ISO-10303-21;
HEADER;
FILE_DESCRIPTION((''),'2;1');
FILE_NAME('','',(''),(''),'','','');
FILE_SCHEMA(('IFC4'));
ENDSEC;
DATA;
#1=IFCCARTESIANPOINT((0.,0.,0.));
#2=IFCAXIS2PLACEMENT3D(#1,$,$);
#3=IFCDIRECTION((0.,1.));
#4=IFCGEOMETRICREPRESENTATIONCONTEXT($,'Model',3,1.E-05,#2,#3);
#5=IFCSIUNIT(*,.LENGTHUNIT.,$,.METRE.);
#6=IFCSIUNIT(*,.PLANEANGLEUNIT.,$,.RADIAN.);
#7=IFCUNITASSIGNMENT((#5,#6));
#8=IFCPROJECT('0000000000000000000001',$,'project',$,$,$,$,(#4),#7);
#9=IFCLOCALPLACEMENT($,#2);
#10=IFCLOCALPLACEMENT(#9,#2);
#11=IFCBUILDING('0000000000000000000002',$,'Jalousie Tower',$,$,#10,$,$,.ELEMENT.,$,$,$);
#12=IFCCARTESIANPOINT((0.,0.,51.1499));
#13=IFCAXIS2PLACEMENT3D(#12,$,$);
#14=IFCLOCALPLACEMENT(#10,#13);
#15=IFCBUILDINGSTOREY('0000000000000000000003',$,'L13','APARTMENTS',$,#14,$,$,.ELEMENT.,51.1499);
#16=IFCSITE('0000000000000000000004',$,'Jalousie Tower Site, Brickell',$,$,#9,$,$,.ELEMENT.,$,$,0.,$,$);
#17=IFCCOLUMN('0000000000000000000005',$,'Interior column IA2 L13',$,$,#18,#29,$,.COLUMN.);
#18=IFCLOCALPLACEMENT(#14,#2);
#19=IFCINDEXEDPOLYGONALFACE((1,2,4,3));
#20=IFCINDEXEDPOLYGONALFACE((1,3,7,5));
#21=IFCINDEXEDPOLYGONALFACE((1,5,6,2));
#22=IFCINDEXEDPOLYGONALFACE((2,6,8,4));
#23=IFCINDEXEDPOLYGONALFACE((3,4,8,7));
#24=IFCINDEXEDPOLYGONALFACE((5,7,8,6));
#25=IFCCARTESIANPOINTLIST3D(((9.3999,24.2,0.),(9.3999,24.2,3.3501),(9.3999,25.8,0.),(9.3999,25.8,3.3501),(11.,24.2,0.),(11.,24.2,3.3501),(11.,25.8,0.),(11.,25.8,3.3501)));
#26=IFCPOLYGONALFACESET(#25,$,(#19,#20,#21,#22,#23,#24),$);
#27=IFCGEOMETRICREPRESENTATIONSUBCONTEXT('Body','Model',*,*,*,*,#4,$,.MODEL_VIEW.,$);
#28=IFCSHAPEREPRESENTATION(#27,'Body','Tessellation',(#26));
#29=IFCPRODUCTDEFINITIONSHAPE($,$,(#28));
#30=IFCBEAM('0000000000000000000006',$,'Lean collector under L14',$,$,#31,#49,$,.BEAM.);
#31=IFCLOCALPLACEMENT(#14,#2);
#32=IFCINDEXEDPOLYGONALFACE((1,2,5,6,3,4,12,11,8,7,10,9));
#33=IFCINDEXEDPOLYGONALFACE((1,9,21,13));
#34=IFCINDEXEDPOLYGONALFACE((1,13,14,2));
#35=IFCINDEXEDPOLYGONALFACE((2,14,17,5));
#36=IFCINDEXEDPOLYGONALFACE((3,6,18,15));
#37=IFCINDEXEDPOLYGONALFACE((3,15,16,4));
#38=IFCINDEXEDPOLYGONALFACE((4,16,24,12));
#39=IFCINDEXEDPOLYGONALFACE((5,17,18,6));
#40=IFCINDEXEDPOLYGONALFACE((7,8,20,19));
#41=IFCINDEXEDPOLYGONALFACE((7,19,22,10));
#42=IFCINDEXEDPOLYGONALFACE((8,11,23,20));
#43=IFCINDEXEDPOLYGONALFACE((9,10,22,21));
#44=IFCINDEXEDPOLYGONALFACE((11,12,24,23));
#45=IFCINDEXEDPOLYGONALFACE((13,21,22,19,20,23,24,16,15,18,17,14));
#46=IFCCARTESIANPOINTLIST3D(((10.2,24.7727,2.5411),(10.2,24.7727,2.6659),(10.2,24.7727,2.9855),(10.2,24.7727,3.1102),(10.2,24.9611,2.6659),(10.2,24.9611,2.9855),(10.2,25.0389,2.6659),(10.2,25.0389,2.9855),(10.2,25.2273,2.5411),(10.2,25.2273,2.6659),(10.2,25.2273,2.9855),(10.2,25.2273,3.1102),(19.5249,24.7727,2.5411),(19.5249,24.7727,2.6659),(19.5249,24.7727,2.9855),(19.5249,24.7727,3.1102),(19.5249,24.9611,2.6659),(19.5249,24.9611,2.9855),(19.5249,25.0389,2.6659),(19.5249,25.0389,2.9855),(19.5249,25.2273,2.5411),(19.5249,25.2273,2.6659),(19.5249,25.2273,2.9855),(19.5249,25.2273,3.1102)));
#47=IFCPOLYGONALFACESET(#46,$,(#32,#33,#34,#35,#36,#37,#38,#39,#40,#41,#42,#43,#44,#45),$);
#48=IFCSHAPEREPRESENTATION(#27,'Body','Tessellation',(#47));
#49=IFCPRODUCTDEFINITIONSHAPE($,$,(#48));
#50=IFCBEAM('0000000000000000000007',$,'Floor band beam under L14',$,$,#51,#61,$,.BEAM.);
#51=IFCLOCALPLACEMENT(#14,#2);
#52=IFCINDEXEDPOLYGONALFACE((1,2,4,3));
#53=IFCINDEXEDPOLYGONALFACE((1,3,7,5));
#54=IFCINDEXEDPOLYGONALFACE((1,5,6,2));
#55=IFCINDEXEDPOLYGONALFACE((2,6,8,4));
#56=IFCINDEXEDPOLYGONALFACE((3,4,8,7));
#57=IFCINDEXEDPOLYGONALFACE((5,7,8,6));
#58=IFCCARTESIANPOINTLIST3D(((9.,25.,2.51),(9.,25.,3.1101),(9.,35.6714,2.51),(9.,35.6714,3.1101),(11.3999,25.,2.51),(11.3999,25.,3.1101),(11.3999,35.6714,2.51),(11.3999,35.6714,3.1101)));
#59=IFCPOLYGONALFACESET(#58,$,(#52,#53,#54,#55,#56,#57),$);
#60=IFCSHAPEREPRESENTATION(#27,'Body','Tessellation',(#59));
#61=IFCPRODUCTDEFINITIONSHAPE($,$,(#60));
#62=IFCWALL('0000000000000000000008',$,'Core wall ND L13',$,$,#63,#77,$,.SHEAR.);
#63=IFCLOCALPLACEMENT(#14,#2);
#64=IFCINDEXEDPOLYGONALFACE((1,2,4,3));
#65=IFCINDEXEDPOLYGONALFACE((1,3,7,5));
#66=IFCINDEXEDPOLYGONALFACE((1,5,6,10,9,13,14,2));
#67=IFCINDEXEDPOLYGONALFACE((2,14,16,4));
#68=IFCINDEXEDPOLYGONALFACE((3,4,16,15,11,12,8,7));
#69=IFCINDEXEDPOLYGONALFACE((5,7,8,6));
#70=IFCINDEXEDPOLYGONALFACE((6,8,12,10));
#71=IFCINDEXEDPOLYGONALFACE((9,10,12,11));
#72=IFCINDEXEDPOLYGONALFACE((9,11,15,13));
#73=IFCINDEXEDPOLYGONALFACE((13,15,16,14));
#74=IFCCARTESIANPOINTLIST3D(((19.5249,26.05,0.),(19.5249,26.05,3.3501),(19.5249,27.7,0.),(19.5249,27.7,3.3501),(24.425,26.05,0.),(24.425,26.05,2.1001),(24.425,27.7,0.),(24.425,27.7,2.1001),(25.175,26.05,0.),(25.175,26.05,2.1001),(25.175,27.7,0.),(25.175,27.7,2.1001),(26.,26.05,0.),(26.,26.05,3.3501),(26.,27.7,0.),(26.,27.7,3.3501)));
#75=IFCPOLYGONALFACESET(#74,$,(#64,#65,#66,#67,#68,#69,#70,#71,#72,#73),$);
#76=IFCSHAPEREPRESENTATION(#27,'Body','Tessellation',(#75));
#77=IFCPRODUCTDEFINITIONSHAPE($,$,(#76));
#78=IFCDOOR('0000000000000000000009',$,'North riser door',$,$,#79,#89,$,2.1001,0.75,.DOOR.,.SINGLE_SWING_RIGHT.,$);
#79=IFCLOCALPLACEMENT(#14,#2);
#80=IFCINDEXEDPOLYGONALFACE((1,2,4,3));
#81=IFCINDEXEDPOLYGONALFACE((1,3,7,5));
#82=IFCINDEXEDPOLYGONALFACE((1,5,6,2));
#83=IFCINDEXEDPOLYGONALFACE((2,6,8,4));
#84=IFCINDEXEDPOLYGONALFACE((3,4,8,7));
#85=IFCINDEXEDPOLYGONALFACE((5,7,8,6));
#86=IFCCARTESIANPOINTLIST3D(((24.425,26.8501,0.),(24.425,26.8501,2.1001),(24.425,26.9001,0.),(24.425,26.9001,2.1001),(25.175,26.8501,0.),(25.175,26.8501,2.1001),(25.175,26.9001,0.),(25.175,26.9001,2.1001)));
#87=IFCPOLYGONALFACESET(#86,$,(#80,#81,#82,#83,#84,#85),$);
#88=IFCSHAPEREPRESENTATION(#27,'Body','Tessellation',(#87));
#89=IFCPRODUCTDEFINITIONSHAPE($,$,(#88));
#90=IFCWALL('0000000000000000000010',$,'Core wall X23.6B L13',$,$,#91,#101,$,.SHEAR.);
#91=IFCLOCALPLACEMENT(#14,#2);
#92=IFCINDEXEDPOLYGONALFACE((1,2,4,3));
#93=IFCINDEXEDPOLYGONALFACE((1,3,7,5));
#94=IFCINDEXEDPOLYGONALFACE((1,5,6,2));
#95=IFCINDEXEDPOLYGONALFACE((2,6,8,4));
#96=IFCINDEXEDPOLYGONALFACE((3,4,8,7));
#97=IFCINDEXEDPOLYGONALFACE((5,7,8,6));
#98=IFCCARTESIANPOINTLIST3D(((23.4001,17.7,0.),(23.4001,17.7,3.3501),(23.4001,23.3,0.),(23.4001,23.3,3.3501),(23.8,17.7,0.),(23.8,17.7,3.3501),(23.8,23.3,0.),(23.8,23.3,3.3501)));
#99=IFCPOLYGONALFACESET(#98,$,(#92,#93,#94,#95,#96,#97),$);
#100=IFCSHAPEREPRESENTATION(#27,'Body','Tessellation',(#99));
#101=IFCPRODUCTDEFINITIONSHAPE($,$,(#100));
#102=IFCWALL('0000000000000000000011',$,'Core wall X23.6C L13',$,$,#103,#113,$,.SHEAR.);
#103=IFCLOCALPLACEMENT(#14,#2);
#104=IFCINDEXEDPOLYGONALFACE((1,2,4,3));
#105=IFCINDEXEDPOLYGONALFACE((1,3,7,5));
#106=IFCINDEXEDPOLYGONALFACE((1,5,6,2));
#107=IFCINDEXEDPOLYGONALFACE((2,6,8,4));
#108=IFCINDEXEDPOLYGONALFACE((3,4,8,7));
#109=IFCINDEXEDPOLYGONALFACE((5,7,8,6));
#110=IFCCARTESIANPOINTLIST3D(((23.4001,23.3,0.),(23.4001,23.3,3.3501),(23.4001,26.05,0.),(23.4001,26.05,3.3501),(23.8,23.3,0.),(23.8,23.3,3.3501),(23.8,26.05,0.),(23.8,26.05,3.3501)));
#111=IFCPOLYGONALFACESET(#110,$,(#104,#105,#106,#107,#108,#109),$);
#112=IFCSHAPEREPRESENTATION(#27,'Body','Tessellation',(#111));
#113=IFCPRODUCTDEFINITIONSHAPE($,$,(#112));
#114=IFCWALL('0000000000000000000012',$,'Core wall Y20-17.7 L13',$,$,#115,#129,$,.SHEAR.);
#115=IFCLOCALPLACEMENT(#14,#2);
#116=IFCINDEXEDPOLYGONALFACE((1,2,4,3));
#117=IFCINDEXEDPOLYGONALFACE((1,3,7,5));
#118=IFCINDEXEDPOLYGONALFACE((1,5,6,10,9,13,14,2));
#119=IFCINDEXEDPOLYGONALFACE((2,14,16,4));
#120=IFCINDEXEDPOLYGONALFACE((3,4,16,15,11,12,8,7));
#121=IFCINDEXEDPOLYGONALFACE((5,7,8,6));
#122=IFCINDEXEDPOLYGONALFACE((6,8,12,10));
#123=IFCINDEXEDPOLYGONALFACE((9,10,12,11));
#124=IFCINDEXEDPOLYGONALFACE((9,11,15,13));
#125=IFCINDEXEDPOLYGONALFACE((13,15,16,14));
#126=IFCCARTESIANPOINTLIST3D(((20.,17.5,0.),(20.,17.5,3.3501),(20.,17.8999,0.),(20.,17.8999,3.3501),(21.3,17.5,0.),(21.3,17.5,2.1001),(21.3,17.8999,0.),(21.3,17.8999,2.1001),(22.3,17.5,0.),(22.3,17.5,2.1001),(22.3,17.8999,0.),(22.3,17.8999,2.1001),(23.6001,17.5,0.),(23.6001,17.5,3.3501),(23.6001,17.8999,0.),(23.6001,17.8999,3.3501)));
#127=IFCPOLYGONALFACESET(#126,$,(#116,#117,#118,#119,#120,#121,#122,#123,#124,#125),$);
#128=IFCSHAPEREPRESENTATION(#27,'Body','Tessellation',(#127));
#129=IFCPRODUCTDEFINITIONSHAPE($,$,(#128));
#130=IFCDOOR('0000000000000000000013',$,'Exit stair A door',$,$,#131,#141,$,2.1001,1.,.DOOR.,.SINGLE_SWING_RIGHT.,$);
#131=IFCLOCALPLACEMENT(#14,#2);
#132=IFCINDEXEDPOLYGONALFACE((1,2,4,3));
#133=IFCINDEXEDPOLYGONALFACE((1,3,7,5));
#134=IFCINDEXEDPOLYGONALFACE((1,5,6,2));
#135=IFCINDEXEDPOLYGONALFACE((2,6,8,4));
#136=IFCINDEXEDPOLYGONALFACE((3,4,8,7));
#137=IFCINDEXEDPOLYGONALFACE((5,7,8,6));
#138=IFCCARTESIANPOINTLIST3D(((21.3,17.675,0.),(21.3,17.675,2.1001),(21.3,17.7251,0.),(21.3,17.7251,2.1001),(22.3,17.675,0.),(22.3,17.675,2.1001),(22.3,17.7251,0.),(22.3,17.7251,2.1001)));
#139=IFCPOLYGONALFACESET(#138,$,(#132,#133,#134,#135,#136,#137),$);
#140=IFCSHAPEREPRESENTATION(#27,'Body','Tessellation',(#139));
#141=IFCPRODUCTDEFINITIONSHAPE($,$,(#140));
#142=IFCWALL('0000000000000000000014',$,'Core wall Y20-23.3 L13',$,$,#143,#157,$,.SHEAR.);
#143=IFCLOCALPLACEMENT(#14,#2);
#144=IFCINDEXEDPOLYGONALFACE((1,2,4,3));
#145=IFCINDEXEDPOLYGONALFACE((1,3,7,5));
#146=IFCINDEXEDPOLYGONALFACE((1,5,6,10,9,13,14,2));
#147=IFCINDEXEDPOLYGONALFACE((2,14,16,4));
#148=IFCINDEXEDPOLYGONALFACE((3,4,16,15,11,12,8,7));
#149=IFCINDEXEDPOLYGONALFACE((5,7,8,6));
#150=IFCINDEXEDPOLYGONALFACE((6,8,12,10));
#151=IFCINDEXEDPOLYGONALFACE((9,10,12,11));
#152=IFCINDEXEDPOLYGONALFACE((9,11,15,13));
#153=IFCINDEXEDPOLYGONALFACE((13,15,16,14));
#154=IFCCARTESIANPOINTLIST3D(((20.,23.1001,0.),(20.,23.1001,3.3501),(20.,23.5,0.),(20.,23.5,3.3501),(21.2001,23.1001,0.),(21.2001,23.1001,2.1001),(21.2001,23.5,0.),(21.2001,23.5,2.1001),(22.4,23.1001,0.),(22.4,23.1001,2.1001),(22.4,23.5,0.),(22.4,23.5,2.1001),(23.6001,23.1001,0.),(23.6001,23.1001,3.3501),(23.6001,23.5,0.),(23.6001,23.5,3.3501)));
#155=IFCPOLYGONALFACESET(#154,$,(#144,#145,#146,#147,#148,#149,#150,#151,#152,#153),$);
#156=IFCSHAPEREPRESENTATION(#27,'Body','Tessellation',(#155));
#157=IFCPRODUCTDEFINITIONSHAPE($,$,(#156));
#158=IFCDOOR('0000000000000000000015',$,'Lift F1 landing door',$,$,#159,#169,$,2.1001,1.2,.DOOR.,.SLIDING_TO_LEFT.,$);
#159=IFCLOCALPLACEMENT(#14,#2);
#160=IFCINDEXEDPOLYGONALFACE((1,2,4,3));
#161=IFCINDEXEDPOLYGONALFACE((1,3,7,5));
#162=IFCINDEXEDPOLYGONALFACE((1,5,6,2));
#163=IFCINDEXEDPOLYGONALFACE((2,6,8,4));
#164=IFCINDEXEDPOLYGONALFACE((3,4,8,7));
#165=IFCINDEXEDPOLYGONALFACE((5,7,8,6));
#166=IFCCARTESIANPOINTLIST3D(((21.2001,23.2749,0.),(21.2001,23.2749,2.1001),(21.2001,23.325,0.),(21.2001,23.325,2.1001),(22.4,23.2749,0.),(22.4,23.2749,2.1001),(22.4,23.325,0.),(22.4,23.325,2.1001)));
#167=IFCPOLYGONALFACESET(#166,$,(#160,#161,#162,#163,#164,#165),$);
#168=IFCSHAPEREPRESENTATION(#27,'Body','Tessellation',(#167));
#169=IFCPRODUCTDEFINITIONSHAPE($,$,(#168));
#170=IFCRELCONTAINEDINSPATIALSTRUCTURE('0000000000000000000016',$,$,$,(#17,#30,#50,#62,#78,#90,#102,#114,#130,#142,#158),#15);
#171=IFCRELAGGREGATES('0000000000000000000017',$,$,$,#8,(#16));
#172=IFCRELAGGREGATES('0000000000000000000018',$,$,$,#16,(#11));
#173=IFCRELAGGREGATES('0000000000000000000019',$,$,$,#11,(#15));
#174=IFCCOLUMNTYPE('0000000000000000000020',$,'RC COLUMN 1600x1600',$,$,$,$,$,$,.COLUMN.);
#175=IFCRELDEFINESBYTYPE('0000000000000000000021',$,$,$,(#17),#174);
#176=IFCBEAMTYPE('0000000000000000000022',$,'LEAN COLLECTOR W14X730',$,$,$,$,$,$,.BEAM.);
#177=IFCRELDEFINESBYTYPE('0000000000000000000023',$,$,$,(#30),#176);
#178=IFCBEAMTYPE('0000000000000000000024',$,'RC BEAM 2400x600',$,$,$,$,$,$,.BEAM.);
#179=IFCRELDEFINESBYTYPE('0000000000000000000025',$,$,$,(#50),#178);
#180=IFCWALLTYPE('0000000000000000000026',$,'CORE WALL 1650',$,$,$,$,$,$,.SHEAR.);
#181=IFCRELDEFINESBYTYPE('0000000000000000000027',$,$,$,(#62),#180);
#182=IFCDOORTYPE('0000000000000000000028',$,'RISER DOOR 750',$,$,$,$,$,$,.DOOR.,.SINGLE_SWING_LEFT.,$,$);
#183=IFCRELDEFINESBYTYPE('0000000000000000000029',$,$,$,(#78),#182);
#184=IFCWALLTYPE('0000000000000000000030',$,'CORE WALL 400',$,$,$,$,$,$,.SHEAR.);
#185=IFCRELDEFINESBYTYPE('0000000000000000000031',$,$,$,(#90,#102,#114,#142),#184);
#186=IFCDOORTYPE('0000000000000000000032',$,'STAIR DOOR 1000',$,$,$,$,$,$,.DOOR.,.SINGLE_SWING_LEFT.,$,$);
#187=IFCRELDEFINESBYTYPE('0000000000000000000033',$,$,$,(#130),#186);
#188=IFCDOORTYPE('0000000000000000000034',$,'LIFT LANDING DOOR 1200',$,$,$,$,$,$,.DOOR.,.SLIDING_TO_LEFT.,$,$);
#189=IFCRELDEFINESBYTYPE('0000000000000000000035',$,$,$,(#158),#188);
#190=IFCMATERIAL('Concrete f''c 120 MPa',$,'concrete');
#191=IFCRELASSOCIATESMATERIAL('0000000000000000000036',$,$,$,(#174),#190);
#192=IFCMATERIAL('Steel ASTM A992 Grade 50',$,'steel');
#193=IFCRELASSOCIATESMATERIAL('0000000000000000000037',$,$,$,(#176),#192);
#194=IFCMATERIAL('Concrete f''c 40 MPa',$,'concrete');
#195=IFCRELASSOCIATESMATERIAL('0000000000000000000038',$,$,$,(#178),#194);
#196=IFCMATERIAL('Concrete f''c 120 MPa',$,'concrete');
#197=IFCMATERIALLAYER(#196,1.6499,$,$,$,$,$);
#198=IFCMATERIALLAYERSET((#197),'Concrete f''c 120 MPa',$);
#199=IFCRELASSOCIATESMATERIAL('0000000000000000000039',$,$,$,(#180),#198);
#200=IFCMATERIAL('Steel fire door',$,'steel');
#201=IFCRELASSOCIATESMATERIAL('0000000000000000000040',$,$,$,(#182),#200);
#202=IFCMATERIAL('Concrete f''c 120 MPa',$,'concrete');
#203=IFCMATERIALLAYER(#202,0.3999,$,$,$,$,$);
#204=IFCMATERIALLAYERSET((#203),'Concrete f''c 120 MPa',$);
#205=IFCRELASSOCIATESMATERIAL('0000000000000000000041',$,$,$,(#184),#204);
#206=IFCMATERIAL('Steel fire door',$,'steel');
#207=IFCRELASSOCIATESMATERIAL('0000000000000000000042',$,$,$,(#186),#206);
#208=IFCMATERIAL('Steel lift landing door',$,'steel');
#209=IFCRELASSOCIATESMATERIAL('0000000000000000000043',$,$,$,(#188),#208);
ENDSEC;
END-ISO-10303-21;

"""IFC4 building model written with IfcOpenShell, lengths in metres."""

from ifc_helpers import new_model, si_unit, direction, frame, frame_2d, origin, origin_2d, place, context, subcontext, project, spatial, rectangle, i_section, extrude, material, layer, layer_set, material_profile, profile_set, type_object, element, fill, save


model = new_model("IFC4")

# Units and contexts
model_context = context("Model", 3, precision=1e-05, world=origin(), true_north=direction((0.0, 1.0)))
body_context = subcontext(model_context, "Body", "Model", "MODEL_VIEW")
ifc_project = project(units=[si_unit("LENGTHUNIT", "METRE"), si_unit("PLANEANGLEUNIT", "RADIAN")], contexts=[model_context])

# Site, building, storey
site_placement = place(None, origin())
site = spatial("IfcSite", under=ifc_project, at=site_placement, Name="Jalousie Tower Site, Brickell", CompositionType="ELEMENT", RefElevation=0.0)
building_placement = place(site_placement, origin())
building = spatial("IfcBuilding", under=site, at=building_placement, Name="Jalousie Tower", CompositionType="ELEMENT")
storey_placement = place(building_placement, frame((0.0, 0.0, 51.1499)))
storey = spatial("IfcBuildingStorey", under=building, at=storey_placement, Name="L13", Description="APARTMENTS", CompositionType="ELEMENT", Elevation=51.1499)

# Column
ifc_material_1 = material(Name="Concrete f'c 120 MPa", Category="concrete")
ifc_material_profile_1 = material_profile(ifc_material_1, rectangle(XDim=1.6001, YDim=1.6001, at=origin_2d()), Name="RC 1600x1600")
ifc_profile_set_1 = profile_set([ifc_material_profile_1], Name="Concrete f'c 120 MPa")
column_type = type_object("IfcColumnType", Name="RC COLUMN 1600x1600", PredefinedType="COLUMN", material=ifc_profile_set_1)
column_placement = place(storey_placement, frame((10.2, 25.0, 0.0), z_axis=(0.0, 0.0, 1.0), x_axis=(1.0, 0.0, 0.0)))
element("IfcColumn", 1, at=column_placement, inside=storey, type_object=column_type, Name="Interior column IA2 L13", PredefinedType="COLUMN", context=body_context, shape_type="SweptSolid", body=[
    extrude(rectangle(XDim=1.6001, YDim=1.6001, at=origin_2d()), origin(), (0.0, 0.0, 1.0), 3.3501),
])

# Beams
ifc_material_2 = material(Name="Steel ASTM A992 Grade 50", Category="steel")
ifc_material_profile_2 = material_profile(ifc_material_2, i_section(OverallWidth=0.4546, OverallDepth=0.5691, WebThickness=0.0779, FlangeThickness=0.1248, at=origin_2d()), Name="W14X730")
ifc_profile_set_2 = profile_set([ifc_material_profile_2], Name="Steel ASTM A992 Grade 50")
beam_type_1 = type_object("IfcBeamType", Name="LEAN COLLECTOR W14X730", PredefinedType="BEAM", material=ifc_profile_set_2)
beam_1_placement = place(storey_placement, frame((10.2, 25.0, 2.8257), z_axis=(1.0, 0.0, 0.0), x_axis=(0.0, 1.0, 0.0)))
element("IfcBeam", 2, at=beam_1_placement, inside=storey, type_object=beam_type_1, Name="Lean collector under L14", PredefinedType="BEAM", context=body_context, shape_type="SweptSolid", body=[
    extrude(i_section(OverallWidth=0.4546, OverallDepth=0.5691, WebThickness=0.0779, FlangeThickness=0.1248, at=origin_2d()), origin(), (0.0, 0.0, 1.0), 9.325),
])
ifc_material_3 = material(Name="Concrete f'c 40 MPa", Category="concrete")
ifc_material_profile_3 = material_profile(ifc_material_3, rectangle(XDim=2.3999, YDim=0.6001, at=origin_2d()), Name="RC 2400x600")
ifc_profile_set_3 = profile_set([ifc_material_profile_3], Name="Concrete f'c 40 MPa")
beam_type_2 = type_object("IfcBeamType", Name="RC BEAM 2400x600", PredefinedType="BEAM", material=ifc_profile_set_3)
beam_2_placement = place(storey_placement, frame((10.2, 25.0, 2.8101), z_axis=(0.0, 1.0, 0.0), x_axis=(-1.0, 0.0, 0.0)))
element("IfcBeam", 3, at=beam_2_placement, inside=storey, type_object=beam_type_2, Name="Floor band beam under L14", PredefinedType="BEAM", context=body_context, shape_type="SweptSolid", body=[
    extrude(rectangle(XDim=2.3999, YDim=0.6001, at=origin_2d()), origin(), (0.0, 0.0, 1.0), 10.6714),
])

# Wall, opening, door
ifc_material_4 = material(Name="Concrete f'c 120 MPa", Category="concrete")
ifc_layer_1 = layer(ifc_material_4, 1.6499)
ifc_layer_set_1 = layer_set([ifc_layer_1], Name="Concrete f'c 120 MPa")
wall_type_1 = type_object("IfcWallType", Name="CORE WALL 1650", PredefinedType="SHEAR", material=ifc_layer_set_1)
wall_1_placement = place(storey_placement, frame((26.0, 26.875, 0.0), z_axis=(0.0, 0.0, 1.0), x_axis=(-1.0, 0.0, 0.0)))
wall_1 = element("IfcWall", 4, at=wall_1_placement, inside=storey, type_object=wall_type_1, Name="Core wall ND L13", PredefinedType="SHEAR", context=body_context, shape_type="SweptSolid", body=[
    extrude(rectangle(XDim=6.4751, YDim=1.6499, at=frame_2d((3.2375, 0.0))), origin(), (0.0, 0.0, 1.0), 3.3501),
])
opening_1_placement = place(wall_1_placement, frame((0.825, 0.0, 0.0)))
opening_1 = element("IfcOpeningElement", 5, at=opening_1_placement, cuts=wall_1, PredefinedType="OPENING", context=body_context, shape_type="SweptSolid", body=[
    extrude(rectangle(XDim=0.75, YDim=2.1001, at=frame_2d((0.375, 1.05))), frame((0.0, 0.835, 0.0), z_axis=(0.0, -1.0, 0.0), x_axis=(1.0, 0.0, 0.0)), (0.0, 0.0, 1.0), 1.6699),
])
ifc_material_5 = material(Name="Steel fire door", Category="steel")
door_type_1 = type_object("IfcDoorType", Name="RISER DOOR 750", OperationType="SINGLE_SWING_LEFT", PredefinedType="DOOR", material=ifc_material_5)
door_1_placement = place(opening_1_placement, origin())
door_1 = element("IfcDoor", 6, at=door_1_placement, inside=storey, type_object=door_type_1, Name="North riser door", OperationType="SINGLE_SWING_RIGHT", OverallHeight=2.1001, OverallWidth=0.75, PredefinedType="DOOR", context=body_context, shape_type="SweptSolid", body=[
    extrude(rectangle(XDim=0.75, YDim=2.1001, at=frame_2d((0.375, 1.05))), frame((0.0, 0.0249, 0.0), z_axis=(0.0, -1.0, 0.0), x_axis=(1.0, 0.0, 0.0)), (0.0, 0.0, 1.0), 0.05),
])
fill(opening_1, door_1)

# Walls
ifc_material_6 = material(Name="Concrete f'c 120 MPa", Category="concrete")
ifc_layer_2 = layer(ifc_material_6, 0.3999)
ifc_layer_set_2 = layer_set([ifc_layer_2], Name="Concrete f'c 120 MPa")
wall_type_2 = type_object("IfcWallType", Name="CORE WALL 400", PredefinedType="SHEAR", material=ifc_layer_set_2)
wall_2_placement = place(storey_placement, frame((23.6001, 17.7, 0.0), z_axis=(0.0, 0.0, 1.0), x_axis=(0.0, 1.0, 0.0)))
element("IfcWall", 7, at=wall_2_placement, inside=storey, type_object=wall_type_2, Name="Core wall X23.6B L13", PredefinedType="SHEAR", context=body_context, shape_type="SweptSolid", body=[
    extrude(rectangle(XDim=5.6001, YDim=0.3999, at=frame_2d((2.8, 0.0))), origin(), (0.0, 0.0, 1.0), 3.3501),
])
wall_3_placement = place(storey_placement, frame((23.6001, 23.3, 0.0), z_axis=(0.0, 0.0, 1.0), x_axis=(0.0, 1.0, 0.0)))
element("IfcWall", 8, at=wall_3_placement, inside=storey, type_object=wall_type_2, Name="Core wall X23.6C L13", PredefinedType="SHEAR", context=body_context, shape_type="SweptSolid", body=[
    extrude(rectangle(XDim=2.75, YDim=0.3999, at=frame_2d((1.375, 0.0))), origin(), (0.0, 0.0, 1.0), 3.3501),
])

# Walls, openings, doors
wall_4_placement = place(storey_placement, frame((20.0, 17.7, 0.0), z_axis=(0.0, 0.0, 1.0), x_axis=(1.0, 0.0, 0.0)))
wall_4 = element("IfcWall", 9, at=wall_4_placement, inside=storey, type_object=wall_type_2, Name="Core wall Y20-17.7 L13", PredefinedType="SHEAR", context=body_context, shape_type="SweptSolid", body=[
    extrude(rectangle(XDim=3.6001, YDim=0.3999, at=frame_2d((1.8, 0.0))), origin(), (0.0, 0.0, 1.0), 3.3501),
])
opening_2_placement = place(wall_4_placement, frame((1.3, 0.0, 0.0)))
opening_2 = element("IfcOpeningElement", 10, at=opening_2_placement, cuts=wall_4, PredefinedType="OPENING", context=body_context, shape_type="SweptSolid", body=[
    extrude(rectangle(XDim=1.0, YDim=2.1001, at=frame_2d((0.5, 1.05))), frame((0.0, 0.21, 0.0), z_axis=(0.0, -1.0, 0.0), x_axis=(1.0, 0.0, 0.0)), (0.0, 0.0, 1.0), 0.4199),
])
ifc_material_7 = material(Name="Steel fire door", Category="steel")
door_type_2 = type_object("IfcDoorType", Name="STAIR DOOR 1000", OperationType="SINGLE_SWING_LEFT", PredefinedType="DOOR", material=ifc_material_7)
door_2_placement = place(opening_2_placement, frame((1.0, 0.0, 0.0), z_axis=(0.0, 0.0, 1.0), x_axis=(-1.0, 0.0, 0.0)))
door_2 = element("IfcDoor", 11, at=door_2_placement, inside=storey, type_object=door_type_2, Name="Exit stair A door", OperationType="SINGLE_SWING_RIGHT", OverallHeight=2.1001, OverallWidth=1.0, PredefinedType="DOOR", context=body_context, shape_type="SweptSolid", body=[
    extrude(rectangle(XDim=1.0, YDim=2.1001, at=frame_2d((0.5, 1.05))), frame((0.0, 0.0249, 0.0), z_axis=(0.0, -1.0, 0.0), x_axis=(1.0, 0.0, 0.0)), (0.0, 0.0, 1.0), 0.05),
])
fill(opening_2, door_2)
wall_5_placement = place(storey_placement, frame((20.0, 23.3, 0.0), z_axis=(0.0, 0.0, 1.0), x_axis=(1.0, 0.0, 0.0)))
wall_5 = element("IfcWall", 12, at=wall_5_placement, inside=storey, type_object=wall_type_2, Name="Core wall Y20-23.3 L13", PredefinedType="SHEAR", context=body_context, shape_type="SweptSolid", body=[
    extrude(rectangle(XDim=3.6001, YDim=0.3999, at=frame_2d((1.8, 0.0))), origin(), (0.0, 0.0, 1.0), 3.3501),
])
opening_3_placement = place(wall_5_placement, frame((1.2, 0.0, 0.0)))
opening_3 = element("IfcOpeningElement", 13, at=opening_3_placement, cuts=wall_5, PredefinedType="OPENING", context=body_context, shape_type="SweptSolid", body=[
    extrude(rectangle(XDim=1.2, YDim=2.1001, at=frame_2d((0.6001, 1.05))), frame((0.0, 0.21, 0.0), z_axis=(0.0, -1.0, 0.0), x_axis=(1.0, 0.0, 0.0)), (0.0, 0.0, 1.0), 0.4199),
])
ifc_material_8 = material(Name="Steel lift landing door", Category="steel")
door_type_3 = type_object("IfcDoorType", Name="LIFT LANDING DOOR 1200", OperationType="SLIDING_TO_LEFT", PredefinedType="DOOR", material=ifc_material_8)
door_3_placement = place(opening_3_placement, origin())
door_3 = element("IfcDoor", 14, at=door_3_placement, inside=storey, type_object=door_type_3, Name="Lift F1 landing door", OperationType="SLIDING_TO_LEFT", OverallHeight=2.1001, OverallWidth=1.2, PredefinedType="DOOR", context=body_context, shape_type="SweptSolid", body=[
    extrude(rectangle(XDim=1.2, YDim=2.1001, at=frame_2d((0.6001, 1.05))), frame((0.0, 0.0249, 0.0), z_axis=(0.0, -1.0, 0.0), x_axis=(1.0, 0.0, 0.0)), (0.0, 0.0, 1.0), 0.05),
])
fill(opening_3, door_3)

save(model, "model.ifc")
